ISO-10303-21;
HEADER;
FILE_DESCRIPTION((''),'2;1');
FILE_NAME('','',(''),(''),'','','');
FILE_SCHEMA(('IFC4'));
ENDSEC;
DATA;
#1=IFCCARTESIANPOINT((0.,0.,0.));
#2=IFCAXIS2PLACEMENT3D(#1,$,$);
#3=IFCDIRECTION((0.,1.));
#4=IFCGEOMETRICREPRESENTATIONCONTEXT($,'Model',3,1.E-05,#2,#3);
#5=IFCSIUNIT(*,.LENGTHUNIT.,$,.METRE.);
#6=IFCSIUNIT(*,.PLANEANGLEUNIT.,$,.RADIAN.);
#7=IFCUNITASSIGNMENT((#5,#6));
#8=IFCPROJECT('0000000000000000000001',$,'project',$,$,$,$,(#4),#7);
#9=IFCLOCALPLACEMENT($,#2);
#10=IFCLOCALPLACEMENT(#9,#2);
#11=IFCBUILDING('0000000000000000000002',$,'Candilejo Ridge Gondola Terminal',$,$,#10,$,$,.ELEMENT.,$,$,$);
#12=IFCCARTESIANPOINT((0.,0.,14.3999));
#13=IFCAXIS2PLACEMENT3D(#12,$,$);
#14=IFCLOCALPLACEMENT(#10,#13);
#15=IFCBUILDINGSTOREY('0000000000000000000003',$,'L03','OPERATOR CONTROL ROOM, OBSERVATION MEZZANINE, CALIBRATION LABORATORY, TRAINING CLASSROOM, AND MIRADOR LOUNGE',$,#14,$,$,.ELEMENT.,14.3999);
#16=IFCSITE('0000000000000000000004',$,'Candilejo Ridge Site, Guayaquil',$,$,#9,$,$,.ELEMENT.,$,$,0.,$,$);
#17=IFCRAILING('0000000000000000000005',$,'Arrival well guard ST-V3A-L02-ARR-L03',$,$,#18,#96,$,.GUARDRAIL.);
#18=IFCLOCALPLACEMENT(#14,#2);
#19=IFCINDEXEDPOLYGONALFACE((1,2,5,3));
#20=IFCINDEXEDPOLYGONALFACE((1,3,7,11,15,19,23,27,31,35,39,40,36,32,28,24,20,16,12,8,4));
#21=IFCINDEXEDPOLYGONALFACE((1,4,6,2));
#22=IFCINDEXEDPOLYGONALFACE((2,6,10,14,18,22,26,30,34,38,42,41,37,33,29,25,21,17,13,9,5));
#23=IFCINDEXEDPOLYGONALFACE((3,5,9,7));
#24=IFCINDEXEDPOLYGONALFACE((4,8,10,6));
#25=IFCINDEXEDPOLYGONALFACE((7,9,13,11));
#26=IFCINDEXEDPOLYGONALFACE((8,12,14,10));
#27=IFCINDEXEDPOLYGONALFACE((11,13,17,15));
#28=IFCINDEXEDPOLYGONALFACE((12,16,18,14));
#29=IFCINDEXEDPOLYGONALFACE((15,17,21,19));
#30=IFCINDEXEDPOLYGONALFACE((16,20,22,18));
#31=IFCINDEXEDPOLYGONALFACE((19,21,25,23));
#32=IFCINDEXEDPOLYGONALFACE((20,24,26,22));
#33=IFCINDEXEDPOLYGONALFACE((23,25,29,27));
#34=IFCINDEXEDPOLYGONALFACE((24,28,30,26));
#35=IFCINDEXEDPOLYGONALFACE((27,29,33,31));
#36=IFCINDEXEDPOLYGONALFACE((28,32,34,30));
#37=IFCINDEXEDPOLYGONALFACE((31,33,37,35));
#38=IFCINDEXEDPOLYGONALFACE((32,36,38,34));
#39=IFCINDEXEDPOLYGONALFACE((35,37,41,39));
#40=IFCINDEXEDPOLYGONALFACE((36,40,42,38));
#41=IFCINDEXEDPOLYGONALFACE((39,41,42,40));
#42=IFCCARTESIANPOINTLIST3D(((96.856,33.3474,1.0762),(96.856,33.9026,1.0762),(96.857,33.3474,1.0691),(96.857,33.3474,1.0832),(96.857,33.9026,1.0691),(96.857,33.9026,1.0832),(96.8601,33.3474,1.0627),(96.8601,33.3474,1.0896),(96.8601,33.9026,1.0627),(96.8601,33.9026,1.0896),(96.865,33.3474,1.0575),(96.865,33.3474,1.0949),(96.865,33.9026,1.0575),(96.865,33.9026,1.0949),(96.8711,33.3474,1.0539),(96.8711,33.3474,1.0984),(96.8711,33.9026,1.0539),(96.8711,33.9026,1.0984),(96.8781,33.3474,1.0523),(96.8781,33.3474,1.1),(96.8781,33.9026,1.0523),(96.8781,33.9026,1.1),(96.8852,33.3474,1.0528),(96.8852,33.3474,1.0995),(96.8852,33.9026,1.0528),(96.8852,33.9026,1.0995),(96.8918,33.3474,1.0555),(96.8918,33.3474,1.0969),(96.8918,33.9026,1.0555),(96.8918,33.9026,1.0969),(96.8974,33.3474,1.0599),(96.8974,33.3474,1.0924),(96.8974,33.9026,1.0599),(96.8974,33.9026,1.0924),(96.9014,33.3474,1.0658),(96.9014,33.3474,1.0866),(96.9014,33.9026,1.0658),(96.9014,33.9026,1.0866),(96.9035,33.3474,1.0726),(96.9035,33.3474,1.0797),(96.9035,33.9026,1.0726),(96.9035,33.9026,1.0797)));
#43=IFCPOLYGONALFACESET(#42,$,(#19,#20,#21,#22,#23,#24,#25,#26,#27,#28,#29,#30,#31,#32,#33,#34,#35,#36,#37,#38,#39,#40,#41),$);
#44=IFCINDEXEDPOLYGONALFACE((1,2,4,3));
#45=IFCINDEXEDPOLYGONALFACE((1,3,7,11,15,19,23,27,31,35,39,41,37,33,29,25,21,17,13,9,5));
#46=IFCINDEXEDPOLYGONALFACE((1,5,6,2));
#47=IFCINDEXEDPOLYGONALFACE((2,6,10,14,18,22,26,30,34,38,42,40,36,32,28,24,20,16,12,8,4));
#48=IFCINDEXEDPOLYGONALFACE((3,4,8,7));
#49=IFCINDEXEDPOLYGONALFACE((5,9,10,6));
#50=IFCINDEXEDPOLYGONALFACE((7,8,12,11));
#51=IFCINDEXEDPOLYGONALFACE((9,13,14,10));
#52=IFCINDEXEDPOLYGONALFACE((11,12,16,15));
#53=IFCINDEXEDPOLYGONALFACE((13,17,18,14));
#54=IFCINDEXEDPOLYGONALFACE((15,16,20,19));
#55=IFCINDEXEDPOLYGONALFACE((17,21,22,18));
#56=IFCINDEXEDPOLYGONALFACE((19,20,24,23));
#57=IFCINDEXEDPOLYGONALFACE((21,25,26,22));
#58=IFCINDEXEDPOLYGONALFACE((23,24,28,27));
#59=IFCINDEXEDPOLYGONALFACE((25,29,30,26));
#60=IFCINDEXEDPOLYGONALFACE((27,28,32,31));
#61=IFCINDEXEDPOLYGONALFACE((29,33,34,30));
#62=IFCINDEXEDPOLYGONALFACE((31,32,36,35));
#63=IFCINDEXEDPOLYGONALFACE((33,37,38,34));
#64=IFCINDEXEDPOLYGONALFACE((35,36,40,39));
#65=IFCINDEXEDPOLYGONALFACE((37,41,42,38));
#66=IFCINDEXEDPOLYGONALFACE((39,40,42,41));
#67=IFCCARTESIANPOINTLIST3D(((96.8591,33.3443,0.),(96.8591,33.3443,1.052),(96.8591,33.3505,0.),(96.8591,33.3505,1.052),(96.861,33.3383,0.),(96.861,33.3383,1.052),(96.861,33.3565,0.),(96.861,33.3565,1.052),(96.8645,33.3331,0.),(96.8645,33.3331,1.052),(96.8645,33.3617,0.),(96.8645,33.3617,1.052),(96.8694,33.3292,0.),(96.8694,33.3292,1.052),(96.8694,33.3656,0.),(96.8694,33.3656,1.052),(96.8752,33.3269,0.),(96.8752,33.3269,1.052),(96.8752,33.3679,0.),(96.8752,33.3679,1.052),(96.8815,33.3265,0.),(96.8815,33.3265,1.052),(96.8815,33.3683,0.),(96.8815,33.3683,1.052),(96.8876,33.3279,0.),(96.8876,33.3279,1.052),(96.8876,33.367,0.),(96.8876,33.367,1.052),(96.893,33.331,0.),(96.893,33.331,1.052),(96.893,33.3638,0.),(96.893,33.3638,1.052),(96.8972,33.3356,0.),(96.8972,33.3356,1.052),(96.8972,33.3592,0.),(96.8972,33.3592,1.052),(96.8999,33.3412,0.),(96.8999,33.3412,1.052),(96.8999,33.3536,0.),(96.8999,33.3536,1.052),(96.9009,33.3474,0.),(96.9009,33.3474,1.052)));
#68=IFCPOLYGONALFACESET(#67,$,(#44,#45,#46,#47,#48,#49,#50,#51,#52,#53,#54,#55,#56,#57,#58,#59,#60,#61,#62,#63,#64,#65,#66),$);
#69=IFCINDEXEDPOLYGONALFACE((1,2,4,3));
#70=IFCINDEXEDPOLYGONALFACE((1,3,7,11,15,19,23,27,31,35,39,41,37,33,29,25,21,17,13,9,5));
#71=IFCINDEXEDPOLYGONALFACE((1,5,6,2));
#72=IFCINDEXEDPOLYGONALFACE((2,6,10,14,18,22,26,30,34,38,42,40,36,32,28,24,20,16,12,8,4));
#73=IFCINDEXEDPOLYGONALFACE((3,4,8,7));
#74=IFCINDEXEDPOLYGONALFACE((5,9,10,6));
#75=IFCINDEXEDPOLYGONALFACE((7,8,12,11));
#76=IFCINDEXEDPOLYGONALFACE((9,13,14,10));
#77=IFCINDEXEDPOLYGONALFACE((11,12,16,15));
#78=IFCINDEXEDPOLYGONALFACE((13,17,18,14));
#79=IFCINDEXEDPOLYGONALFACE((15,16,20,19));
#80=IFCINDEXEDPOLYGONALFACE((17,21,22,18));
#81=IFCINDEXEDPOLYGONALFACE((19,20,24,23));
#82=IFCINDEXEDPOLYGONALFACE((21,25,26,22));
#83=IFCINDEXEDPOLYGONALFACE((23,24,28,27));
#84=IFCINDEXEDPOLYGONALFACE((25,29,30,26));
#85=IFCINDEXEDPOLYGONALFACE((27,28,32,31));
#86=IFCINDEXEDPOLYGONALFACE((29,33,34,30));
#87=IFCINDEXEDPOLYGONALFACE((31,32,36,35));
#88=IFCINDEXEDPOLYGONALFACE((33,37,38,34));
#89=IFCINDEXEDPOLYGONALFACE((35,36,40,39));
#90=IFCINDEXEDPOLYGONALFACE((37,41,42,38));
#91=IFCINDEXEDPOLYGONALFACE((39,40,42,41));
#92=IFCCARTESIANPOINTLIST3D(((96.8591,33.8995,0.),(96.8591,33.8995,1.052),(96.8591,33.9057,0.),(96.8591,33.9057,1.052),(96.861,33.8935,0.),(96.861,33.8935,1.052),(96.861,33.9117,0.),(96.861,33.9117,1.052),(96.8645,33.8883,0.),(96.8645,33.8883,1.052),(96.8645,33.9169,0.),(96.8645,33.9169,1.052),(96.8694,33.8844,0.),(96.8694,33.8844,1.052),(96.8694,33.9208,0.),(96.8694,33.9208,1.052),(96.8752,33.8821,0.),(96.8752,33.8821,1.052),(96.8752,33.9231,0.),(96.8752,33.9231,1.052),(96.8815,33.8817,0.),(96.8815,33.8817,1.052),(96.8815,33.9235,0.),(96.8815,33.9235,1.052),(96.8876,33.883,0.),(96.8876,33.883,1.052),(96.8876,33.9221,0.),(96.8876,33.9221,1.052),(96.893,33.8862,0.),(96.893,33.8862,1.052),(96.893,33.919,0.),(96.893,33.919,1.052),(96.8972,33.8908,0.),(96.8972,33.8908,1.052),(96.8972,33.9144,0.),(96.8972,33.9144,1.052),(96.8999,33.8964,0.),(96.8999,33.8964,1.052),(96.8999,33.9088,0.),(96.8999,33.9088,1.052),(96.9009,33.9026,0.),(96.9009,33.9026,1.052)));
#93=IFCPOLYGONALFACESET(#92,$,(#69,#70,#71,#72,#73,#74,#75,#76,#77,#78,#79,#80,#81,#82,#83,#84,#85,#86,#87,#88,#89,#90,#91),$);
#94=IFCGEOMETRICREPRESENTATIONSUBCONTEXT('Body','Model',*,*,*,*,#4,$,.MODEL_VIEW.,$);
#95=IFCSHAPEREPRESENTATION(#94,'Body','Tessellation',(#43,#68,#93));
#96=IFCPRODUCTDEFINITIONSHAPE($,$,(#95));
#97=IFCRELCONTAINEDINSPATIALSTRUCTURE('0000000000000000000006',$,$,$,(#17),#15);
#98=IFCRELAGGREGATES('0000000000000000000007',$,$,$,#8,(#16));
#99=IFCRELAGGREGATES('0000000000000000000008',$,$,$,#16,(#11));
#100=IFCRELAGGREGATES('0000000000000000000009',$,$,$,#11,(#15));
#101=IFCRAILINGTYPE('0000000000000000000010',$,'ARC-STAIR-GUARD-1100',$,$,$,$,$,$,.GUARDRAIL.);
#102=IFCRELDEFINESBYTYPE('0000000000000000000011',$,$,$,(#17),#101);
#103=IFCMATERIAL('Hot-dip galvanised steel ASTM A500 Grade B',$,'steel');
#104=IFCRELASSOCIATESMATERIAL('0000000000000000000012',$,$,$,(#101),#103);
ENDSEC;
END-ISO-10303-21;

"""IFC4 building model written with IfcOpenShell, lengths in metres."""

from ifc_helpers import new_model, si_unit, direction, frame, origin, origin_2d, place, context, subcontext, project, spatial, circle, extrude, material, type_object, element, save


model = new_model("IFC4")

# Units and contexts
model_context = context("Model", 3, precision=1e-05, world=origin(), true_north=direction((0.0, 1.0)))
body_context = subcontext(model_context, "Body", "Model", "MODEL_VIEW")
ifc_project = project(units=[si_unit("LENGTHUNIT", "METRE"), si_unit("PLANEANGLEUNIT", "RADIAN")], contexts=[model_context])

# Site, building, storey
site_placement = place(None, origin())
site = spatial("IfcSite", under=ifc_project, at=site_placement, Name="Candilejo Ridge Site, Guayaquil", CompositionType="ELEMENT", RefElevation=0.0)
building_placement = place(site_placement, origin())
building = spatial("IfcBuilding", under=site, at=building_placement, Name="Candilejo Ridge Gondola Terminal", CompositionType="ELEMENT")
storey_placement = place(building_placement, frame((0.0, 0.0, 14.3999)))
storey = spatial("IfcBuildingStorey", under=building, at=storey_placement, Name="L03", Description="OPERATOR CONTROL ROOM, OBSERVATION MEZZANINE, CALIBRATION LABORATORY, TRAINING CLASSROOM, AND MIRADOR LOUNGE", CompositionType="ELEMENT", Elevation=14.3999)

# Railing
ifc_material_1 = material(Name="Hot-dip galvanised steel ASTM A500 Grade B", Category="steel")
railing_type_1 = type_object("IfcRailingType", Name="ARC-STAIR-GUARD-1100", PredefinedType="GUARDRAIL", material=ifc_material_1)
railing_1_placement = place(storey_placement, frame((96.8799, 33.3474, 0.0)))
element("IfcRailing", 1, at=railing_1_placement, inside=storey, type_object=railing_type_1, Name="Arrival well guard ST-V3A-L02-ARR-L03", PredefinedType="GUARDRAIL", context=body_context, shape_type="SweptSolid", body=[
    extrude(circle(Radius=0.0239, at=origin_2d()), frame((0.0, 0.0, 1.0762), z_axis=(0.0, 1.0, 0.0), x_axis=(-1.0, 0.0, 0.0)), (0.0, 0.0, 1.0), 0.5552),
    extrude(circle(Radius=0.021, at=origin_2d()), origin(), (0.0, 0.0, 1.0), 1.052),
    extrude(circle(Radius=0.021, at=origin_2d()), frame((0.0, 0.5552, 0.0)), (0.0, 0.0, 1.0), 1.052),
])

save(model, "model.ifc")
